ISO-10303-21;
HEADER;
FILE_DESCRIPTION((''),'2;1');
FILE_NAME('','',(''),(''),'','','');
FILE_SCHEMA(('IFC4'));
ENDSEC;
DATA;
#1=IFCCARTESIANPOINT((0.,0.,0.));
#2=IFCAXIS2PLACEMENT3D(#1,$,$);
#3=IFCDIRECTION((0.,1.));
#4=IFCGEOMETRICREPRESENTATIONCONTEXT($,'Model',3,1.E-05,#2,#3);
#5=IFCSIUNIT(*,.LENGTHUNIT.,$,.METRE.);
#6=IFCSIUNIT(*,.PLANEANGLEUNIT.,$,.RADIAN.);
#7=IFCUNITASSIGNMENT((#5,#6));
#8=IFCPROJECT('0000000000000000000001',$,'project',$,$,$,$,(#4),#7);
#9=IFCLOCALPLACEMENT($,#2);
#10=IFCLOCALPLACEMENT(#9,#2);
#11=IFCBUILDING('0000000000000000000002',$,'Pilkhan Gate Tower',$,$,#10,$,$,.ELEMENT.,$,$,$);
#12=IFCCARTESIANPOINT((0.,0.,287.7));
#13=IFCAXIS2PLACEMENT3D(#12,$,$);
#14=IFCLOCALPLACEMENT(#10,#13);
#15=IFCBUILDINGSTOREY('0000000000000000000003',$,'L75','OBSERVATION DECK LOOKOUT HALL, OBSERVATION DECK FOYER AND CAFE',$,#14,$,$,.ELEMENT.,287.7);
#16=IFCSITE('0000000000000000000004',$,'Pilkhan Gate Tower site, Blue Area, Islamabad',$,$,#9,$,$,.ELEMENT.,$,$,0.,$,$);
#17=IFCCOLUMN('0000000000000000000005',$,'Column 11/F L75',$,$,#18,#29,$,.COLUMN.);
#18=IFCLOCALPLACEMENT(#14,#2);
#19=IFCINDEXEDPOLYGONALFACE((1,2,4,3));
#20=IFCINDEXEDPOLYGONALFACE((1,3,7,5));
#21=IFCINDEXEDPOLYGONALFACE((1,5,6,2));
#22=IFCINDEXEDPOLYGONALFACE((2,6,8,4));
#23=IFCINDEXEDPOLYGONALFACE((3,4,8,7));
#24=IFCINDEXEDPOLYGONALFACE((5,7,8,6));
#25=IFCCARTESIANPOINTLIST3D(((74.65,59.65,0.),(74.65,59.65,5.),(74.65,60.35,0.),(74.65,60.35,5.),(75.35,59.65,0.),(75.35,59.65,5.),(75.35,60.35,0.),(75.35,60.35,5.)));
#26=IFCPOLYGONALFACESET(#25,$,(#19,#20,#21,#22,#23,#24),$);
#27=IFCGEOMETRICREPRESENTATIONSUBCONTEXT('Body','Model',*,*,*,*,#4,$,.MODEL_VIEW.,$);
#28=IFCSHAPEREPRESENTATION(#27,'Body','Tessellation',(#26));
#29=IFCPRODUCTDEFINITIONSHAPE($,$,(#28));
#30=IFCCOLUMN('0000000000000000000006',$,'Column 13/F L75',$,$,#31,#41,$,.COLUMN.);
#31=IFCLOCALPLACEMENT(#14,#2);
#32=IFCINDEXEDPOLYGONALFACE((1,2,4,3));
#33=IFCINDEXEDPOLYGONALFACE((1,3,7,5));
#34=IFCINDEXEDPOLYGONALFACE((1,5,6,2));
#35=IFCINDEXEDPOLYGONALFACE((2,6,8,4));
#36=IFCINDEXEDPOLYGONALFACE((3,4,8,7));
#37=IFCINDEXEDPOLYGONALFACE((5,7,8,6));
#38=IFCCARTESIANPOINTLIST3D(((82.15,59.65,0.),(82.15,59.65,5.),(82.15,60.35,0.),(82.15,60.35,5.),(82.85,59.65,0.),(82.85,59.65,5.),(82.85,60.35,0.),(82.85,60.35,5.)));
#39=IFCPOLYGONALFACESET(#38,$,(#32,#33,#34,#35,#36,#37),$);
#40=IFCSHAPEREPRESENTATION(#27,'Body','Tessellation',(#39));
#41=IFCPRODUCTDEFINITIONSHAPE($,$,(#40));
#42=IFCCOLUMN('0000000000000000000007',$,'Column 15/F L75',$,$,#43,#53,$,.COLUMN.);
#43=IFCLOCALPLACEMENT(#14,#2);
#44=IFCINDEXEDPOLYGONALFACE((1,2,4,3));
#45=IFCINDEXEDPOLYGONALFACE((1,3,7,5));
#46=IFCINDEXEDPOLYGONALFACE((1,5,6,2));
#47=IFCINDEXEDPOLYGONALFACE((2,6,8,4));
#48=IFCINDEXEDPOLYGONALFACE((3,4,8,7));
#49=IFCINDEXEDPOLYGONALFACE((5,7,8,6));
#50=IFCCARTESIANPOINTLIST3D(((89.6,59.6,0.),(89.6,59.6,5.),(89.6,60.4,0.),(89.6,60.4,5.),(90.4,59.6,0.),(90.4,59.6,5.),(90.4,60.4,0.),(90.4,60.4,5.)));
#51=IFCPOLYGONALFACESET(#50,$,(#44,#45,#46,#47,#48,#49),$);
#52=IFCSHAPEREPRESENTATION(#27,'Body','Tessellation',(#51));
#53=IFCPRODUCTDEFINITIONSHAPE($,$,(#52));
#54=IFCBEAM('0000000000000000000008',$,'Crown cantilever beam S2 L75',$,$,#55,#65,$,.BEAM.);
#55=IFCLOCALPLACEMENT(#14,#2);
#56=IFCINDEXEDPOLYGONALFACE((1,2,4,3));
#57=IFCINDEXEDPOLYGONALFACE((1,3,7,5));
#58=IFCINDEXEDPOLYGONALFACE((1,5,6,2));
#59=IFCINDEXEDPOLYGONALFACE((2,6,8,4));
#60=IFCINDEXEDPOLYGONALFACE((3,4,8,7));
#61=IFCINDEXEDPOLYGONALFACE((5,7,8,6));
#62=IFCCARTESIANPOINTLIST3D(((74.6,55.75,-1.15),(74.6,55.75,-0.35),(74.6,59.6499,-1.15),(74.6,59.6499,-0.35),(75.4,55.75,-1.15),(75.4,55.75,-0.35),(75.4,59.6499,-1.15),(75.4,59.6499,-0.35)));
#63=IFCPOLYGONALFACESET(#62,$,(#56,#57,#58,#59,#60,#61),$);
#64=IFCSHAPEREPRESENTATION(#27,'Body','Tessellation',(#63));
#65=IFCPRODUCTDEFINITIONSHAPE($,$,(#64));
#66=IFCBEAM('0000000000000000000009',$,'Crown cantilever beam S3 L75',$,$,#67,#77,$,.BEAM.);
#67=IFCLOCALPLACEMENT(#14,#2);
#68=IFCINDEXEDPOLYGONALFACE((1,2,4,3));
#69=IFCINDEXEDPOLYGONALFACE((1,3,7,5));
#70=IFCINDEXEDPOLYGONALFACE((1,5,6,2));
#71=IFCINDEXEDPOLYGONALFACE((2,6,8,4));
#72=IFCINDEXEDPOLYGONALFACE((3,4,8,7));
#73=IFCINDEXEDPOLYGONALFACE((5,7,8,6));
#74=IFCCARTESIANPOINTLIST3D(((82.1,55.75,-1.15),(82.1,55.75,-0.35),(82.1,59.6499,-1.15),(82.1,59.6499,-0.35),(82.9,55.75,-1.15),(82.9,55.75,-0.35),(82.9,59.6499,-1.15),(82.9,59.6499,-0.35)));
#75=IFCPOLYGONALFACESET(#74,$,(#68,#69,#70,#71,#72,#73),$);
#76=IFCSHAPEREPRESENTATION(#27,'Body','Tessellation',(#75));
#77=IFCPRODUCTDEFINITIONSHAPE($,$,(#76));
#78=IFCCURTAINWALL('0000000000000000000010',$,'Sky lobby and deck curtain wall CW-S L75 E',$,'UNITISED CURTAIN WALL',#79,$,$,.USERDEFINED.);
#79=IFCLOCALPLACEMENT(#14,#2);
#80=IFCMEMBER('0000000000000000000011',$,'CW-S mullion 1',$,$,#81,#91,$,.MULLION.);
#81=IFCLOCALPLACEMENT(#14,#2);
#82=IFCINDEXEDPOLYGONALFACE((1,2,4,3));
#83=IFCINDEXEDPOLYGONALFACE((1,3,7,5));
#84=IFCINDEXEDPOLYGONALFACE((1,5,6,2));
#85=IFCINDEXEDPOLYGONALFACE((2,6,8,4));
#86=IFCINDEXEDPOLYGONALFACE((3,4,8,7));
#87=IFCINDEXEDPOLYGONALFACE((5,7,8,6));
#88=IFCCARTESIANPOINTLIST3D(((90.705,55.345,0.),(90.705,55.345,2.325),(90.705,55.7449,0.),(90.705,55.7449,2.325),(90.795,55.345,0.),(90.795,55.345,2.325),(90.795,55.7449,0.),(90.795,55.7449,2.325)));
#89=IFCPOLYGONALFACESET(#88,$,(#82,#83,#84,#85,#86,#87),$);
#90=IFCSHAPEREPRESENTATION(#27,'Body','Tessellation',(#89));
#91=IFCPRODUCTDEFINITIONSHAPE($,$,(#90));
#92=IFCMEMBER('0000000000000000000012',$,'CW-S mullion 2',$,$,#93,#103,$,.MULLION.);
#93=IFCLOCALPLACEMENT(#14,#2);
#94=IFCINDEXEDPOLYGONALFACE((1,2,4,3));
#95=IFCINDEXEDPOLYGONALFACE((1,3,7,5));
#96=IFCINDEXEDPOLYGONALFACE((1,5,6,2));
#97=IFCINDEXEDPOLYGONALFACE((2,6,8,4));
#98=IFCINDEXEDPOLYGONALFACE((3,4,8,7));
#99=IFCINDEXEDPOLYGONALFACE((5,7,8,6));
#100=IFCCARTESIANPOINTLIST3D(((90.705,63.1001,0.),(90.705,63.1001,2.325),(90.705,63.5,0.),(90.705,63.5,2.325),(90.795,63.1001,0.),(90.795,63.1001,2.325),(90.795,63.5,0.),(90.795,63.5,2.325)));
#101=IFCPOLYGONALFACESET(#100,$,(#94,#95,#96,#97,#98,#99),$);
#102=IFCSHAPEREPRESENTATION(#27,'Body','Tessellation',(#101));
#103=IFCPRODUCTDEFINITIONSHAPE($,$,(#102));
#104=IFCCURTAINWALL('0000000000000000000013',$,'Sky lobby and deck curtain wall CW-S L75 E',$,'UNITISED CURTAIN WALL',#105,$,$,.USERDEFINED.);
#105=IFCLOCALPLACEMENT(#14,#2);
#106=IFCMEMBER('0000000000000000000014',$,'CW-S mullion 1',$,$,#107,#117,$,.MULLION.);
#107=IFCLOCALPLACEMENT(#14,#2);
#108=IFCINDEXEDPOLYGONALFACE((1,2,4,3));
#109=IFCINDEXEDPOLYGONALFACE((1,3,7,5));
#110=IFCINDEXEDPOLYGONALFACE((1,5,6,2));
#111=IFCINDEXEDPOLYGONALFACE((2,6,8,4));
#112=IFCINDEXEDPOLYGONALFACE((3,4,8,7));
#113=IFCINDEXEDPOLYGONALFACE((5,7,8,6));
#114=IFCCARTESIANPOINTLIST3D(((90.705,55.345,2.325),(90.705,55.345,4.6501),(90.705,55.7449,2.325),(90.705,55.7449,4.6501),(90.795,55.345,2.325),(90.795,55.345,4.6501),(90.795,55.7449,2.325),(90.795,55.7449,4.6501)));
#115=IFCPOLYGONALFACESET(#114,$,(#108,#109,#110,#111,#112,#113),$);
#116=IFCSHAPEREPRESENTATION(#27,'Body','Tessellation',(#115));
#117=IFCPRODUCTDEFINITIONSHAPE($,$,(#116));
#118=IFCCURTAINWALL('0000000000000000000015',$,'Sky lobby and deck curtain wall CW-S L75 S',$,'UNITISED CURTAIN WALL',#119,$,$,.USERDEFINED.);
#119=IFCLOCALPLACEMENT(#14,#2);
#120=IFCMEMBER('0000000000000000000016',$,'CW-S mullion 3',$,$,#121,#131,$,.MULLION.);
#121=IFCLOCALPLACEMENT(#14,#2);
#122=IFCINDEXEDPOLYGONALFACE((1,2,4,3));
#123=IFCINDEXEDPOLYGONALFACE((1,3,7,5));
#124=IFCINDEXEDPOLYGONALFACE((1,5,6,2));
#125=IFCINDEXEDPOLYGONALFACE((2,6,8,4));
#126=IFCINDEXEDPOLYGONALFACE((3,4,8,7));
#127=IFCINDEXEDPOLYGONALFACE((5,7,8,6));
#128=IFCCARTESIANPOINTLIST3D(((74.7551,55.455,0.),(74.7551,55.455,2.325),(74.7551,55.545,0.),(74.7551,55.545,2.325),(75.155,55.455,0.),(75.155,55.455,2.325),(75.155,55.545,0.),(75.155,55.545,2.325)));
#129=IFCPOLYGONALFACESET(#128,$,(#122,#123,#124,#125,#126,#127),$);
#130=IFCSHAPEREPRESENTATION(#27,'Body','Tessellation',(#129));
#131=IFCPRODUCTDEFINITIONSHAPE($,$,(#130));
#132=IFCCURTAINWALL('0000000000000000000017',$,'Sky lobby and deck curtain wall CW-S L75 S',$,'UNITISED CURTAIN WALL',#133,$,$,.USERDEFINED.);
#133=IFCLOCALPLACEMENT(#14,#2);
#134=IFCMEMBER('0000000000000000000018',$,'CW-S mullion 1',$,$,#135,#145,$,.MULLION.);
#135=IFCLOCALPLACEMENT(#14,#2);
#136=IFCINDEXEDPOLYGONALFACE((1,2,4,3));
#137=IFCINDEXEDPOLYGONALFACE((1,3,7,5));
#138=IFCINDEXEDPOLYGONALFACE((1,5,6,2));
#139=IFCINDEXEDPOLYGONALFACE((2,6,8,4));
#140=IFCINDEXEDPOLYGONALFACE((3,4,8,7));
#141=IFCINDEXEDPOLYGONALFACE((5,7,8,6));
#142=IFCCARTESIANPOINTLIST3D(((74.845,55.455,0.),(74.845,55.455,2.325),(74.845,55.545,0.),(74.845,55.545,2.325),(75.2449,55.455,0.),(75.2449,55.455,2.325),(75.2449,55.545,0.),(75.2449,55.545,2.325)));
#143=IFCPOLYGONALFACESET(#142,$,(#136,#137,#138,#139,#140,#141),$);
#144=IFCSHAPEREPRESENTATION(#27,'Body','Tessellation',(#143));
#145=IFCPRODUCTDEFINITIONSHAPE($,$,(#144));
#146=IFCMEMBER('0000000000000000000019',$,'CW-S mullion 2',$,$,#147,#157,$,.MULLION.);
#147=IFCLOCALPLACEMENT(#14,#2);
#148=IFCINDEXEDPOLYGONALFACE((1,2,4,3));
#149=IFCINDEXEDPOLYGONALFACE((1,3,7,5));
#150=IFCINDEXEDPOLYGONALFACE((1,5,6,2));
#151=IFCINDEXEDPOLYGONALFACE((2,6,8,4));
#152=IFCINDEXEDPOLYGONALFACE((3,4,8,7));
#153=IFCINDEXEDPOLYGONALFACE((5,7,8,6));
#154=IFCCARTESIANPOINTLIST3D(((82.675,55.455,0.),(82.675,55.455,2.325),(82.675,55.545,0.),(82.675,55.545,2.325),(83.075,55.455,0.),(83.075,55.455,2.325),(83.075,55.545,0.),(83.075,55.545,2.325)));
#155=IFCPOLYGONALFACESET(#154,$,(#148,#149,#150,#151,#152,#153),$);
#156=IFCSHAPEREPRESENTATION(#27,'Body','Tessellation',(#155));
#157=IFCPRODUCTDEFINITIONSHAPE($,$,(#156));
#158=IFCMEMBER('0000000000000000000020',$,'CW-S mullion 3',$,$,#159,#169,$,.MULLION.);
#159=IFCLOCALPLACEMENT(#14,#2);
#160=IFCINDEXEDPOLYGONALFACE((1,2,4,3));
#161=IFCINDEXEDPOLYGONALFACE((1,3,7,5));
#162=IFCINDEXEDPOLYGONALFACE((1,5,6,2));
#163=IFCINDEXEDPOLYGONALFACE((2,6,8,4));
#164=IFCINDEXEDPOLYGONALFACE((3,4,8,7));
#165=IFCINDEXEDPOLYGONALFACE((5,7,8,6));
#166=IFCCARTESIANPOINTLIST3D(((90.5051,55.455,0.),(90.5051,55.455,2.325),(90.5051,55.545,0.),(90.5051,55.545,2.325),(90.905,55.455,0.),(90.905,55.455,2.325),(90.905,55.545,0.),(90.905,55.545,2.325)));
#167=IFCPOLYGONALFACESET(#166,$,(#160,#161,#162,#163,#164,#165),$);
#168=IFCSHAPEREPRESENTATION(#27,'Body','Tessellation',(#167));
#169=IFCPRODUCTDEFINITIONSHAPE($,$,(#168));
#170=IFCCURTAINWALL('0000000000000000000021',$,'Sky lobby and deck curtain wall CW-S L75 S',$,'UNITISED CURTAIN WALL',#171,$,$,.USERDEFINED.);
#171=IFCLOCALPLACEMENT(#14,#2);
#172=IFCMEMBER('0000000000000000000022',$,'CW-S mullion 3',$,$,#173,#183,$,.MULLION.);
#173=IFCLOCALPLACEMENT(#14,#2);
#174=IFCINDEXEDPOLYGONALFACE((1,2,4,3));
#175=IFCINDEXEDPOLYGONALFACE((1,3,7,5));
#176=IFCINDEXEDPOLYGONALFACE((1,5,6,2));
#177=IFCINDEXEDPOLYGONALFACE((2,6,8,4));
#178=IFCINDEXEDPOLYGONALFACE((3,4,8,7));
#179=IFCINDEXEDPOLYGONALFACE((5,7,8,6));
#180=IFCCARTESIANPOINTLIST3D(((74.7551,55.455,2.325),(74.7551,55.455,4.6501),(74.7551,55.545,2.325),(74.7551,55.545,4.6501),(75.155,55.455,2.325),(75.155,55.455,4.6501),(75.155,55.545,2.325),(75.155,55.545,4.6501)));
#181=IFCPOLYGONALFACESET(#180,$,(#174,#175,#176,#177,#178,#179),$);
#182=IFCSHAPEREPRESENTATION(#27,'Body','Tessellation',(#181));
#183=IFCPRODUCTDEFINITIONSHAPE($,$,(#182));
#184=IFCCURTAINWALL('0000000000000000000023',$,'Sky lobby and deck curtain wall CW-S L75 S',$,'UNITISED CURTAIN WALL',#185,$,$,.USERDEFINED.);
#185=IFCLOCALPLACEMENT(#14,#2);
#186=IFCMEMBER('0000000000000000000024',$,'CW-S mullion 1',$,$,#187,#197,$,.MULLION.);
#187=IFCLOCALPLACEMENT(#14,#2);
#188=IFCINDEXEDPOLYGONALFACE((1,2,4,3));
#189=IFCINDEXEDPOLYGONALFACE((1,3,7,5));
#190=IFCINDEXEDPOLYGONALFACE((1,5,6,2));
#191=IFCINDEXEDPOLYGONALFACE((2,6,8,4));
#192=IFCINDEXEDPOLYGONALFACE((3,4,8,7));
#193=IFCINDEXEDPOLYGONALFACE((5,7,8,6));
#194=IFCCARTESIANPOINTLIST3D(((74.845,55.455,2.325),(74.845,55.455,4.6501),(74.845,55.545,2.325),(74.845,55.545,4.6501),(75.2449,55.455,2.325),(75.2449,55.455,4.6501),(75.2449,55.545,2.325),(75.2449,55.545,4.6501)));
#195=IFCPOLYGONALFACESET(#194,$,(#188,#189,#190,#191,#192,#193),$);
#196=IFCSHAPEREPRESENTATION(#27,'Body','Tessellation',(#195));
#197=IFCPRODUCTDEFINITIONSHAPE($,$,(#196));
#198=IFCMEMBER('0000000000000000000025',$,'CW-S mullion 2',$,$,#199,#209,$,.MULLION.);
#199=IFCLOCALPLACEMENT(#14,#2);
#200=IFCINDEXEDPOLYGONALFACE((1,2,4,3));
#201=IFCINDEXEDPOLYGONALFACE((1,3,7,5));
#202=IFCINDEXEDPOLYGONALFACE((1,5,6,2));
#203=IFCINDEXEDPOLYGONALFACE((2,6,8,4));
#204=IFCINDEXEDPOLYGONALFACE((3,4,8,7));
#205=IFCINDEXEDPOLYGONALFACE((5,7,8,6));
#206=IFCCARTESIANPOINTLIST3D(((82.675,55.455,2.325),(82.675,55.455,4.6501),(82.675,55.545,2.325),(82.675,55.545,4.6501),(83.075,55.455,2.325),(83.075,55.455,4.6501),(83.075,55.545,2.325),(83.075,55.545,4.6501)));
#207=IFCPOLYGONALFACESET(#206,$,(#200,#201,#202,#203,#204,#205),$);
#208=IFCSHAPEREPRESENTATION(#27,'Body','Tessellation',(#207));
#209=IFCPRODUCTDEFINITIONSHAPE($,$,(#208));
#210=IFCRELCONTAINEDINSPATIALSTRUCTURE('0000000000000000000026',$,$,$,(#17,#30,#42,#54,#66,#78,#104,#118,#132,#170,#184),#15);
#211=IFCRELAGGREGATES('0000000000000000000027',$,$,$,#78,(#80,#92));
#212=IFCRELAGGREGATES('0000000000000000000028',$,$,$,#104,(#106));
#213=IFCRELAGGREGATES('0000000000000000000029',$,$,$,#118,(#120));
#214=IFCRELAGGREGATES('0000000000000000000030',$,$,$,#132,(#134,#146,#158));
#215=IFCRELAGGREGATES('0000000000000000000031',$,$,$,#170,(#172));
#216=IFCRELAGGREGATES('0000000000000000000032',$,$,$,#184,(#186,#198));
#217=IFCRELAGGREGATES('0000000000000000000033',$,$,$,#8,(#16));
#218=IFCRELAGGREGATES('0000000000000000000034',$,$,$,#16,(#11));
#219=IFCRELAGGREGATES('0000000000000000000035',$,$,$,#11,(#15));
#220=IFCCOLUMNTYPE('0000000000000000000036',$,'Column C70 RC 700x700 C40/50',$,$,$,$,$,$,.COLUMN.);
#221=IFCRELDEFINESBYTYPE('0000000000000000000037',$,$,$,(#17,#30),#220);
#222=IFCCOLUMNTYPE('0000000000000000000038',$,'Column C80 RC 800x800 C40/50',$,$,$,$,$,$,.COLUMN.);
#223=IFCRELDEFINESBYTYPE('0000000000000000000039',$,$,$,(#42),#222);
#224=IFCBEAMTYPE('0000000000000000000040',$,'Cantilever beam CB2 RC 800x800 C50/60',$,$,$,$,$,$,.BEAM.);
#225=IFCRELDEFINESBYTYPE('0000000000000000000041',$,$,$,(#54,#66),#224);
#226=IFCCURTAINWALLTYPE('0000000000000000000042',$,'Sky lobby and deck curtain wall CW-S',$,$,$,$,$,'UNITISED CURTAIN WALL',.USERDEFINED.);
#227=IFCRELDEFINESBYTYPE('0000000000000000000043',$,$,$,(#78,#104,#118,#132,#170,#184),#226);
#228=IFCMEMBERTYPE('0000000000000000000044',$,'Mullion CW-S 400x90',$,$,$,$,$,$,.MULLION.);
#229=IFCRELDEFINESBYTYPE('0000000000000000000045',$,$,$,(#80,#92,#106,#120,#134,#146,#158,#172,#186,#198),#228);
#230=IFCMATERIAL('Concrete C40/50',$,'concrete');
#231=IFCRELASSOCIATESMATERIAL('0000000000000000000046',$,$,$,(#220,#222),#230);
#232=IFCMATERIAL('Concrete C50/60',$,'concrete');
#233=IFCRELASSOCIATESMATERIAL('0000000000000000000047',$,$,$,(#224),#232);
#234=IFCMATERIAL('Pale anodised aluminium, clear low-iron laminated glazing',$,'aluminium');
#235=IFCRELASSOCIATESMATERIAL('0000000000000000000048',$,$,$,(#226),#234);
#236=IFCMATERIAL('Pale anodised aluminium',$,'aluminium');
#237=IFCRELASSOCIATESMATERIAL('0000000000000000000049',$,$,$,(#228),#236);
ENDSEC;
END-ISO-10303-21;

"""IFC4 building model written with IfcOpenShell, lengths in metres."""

from ifc_helpers import new_model, si_unit, direction, frame, origin, origin_2d, place, context, subcontext, project, spatial, rectangle, extrude, material, material_profile, profile_set, type_object, element, aggregate, save


model = new_model("IFC4")

# Units and contexts
model_context = context("Model", 3, precision=1e-05, world=origin(), true_north=direction((0.0, 1.0)))
body_context = subcontext(model_context, "Body", "Model", "MODEL_VIEW")
ifc_project = project(units=[si_unit("LENGTHUNIT", "METRE"), si_unit("PLANEANGLEUNIT", "RADIAN")], contexts=[model_context])

# Site, building, storey
site_placement = place(None, origin())
site = spatial("IfcSite", under=ifc_project, at=site_placement, Name="Pilkhan Gate Tower site, Blue Area, Islamabad", CompositionType="ELEMENT", RefElevation=0.0)
building_placement = place(site_placement, origin())
building = spatial("IfcBuilding", under=site, at=building_placement, Name="Pilkhan Gate Tower", CompositionType="ELEMENT")
storey_placement = place(building_placement, frame((0.0, 0.0, 287.7)))
storey = spatial("IfcBuildingStorey", under=building, at=storey_placement, Name="L75", Description="OBSERVATION DECK LOOKOUT HALL, OBSERVATION DECK FOYER AND CAFE", CompositionType="ELEMENT", Elevation=287.7)

# Columns
ifc_material_1 = material(Name="Concrete C40/50", Category="concrete")
ifc_material_profile_1 = material_profile(ifc_material_1, rectangle(XDim=0.7, YDim=0.7, at=origin_2d()), Name="RC 700x700")
ifc_profile_set_1 = profile_set([ifc_material_profile_1], Name="Concrete C40/50")
column_type_1 = type_object("IfcColumnType", Name="Column C70 RC 700x700 C40/50", PredefinedType="COLUMN", material=ifc_profile_set_1)
for number, where, z_axis, x_axis, name in (
    (1, (75.0, 60.0, 0.0), (0.0, 0.0, 1.0), (1.0, 0.0, 0.0), "Column 11/F L75"),
    (2, (82.5, 60.0, 0.0), (0.0, 0.0, 1.0), (1.0, 0.0, 0.0), "Column 13/F L75"),
):
    element("IfcColumn", number, at=place(storey_placement, frame(where, z_axis=z_axis, x_axis=x_axis)), inside=storey, type_object=column_type_1, Name=name, PredefinedType="COLUMN", context=body_context, shape_type="SweptSolid", body=[
        extrude(rectangle(XDim=0.7, YDim=0.7, at=origin_2d()), origin(), (0.0, 0.0, 1.0), 5.0),
    ])
ifc_material_profile_2 = material_profile(ifc_material_1, rectangle(XDim=0.8, YDim=0.8, at=origin_2d()), Name="RC 800x800")
ifc_profile_set_2 = profile_set([ifc_material_profile_2], Name="Concrete C40/50")
column_type_2 = type_object("IfcColumnType", Name="Column C80 RC 800x800 C40/50", PredefinedType="COLUMN", material=ifc_profile_set_2)
column_placement = place(storey_placement, frame((90.0, 60.0, 0.0), z_axis=(0.0, 0.0, 1.0), x_axis=(1.0, 0.0, 0.0)))
element("IfcColumn", 3, at=column_placement, inside=storey, type_object=column_type_2, Name="Column 15/F L75", PredefinedType="COLUMN", context=body_context, shape_type="SweptSolid", body=[
    extrude(rectangle(XDim=0.8, YDim=0.8, at=origin_2d()), origin(), (0.0, 0.0, 1.0), 5.0),
])

# Beams
ifc_material_2 = material(Name="Concrete C50/60", Category="concrete")
ifc_material_profile_3 = material_profile(ifc_material_2, rectangle(XDim=0.8, YDim=0.8, at=origin_2d()), Name="RC 800x800")
ifc_profile_set_3 = profile_set([ifc_material_profile_3], Name="Concrete C50/60")
beam_type = type_object("IfcBeamType", Name="Cantilever beam CB2 RC 800x800 C50/60", PredefinedType="BEAM", material=ifc_profile_set_3)
for number, where, z_axis, x_axis, name in (
    (4, (75.0, 59.6499, -0.75), (0.0, -1.0, 0.0), (1.0, 0.0, 0.0), "Crown cantilever beam S2 L75"),
    (5, (82.5, 59.6499, -0.75), (0.0, -1.0, 0.0), (1.0, 0.0, 0.0), "Crown cantilever beam S3 L75"),
):
    element("IfcBeam", number, at=place(storey_placement, frame(where, z_axis=z_axis, x_axis=x_axis)), inside=storey, type_object=beam_type, Name=name, PredefinedType="BEAM", context=body_context, shape_type="SweptSolid", body=[
        extrude(rectangle(XDim=0.8, YDim=0.8, at=origin_2d()), origin(), (0.0, 0.0, 1.0), 3.8999),
    ])

# Curtain wall, members
ifc_material_3 = material(Name="Pale anodised aluminium, clear low-iron laminated glazing", Category="aluminium")
curtain_wall_type = type_object("IfcCurtainWallType", Name="Sky lobby and deck curtain wall CW-S", ElementType="UNITISED CURTAIN WALL", PredefinedType="USERDEFINED", material=ifc_material_3)
curtain_wall_1_placement = place(storey_placement, origin())
curtain_wall_1 = element("IfcCurtainWall", 6, at=curtain_wall_1_placement, inside=storey, type_object=curtain_wall_type, Name="Sky lobby and deck curtain wall CW-S L75 E", ObjectType="UNITISED CURTAIN WALL", PredefinedType="USERDEFINED")
ifc_material_4 = material(Name="Pale anodised aluminium", Category="aluminium")
ifc_material_profile_4 = material_profile(ifc_material_4, rectangle(XDim=0.0901, YDim=0.3999, at=origin_2d()), Name="Mullion 400x90")
ifc_profile_set_4 = profile_set([ifc_material_profile_4], Name="Pale anodised aluminium")
member_type_1 = type_object("IfcMemberType", Name="Mullion CW-S 400x90", PredefinedType="MULLION", material=ifc_profile_set_4)
member_1_placement = place(storey_placement, frame((90.75, 55.5449, 0.0), z_axis=(0.0, 0.0, 1.0), x_axis=(-1.0, 0.0, 0.0)))
member_1 = element("IfcMember", 7, at=member_1_placement, type_object=member_type_1, Name="CW-S mullion 1", PredefinedType="MULLION", context=body_context, shape_type="SweptSolid", body=[
    extrude(rectangle(XDim=0.0901, YDim=0.3999, at=origin_2d()), origin(), (0.0, 0.0, 1.0), 2.325),
])
member_2_placement = place(storey_placement, frame((90.75, 63.3, 0.0), z_axis=(0.0, 0.0, 1.0), x_axis=(-1.0, 0.0, 0.0)))
member_2 = element("IfcMember", 8, at=member_2_placement, type_object=member_type_1, Name="CW-S mullion 2", PredefinedType="MULLION", context=body_context, shape_type="SweptSolid", body=[
    extrude(rectangle(XDim=0.0901, YDim=0.3999, at=origin_2d()), origin(), (0.0, 0.0, 1.0), 2.325),
])

# Curtain walls, members
curtain_wall_2_placement = place(storey_placement, origin())
curtain_wall_2 = element("IfcCurtainWall", 9, at=curtain_wall_2_placement, inside=storey, type_object=curtain_wall_type, Name="Sky lobby and deck curtain wall CW-S L75 E", ObjectType="UNITISED CURTAIN WALL", PredefinedType="USERDEFINED")
member_3_placement = place(storey_placement, frame((90.75, 55.5449, 2.325), z_axis=(0.0, 0.0, 1.0), x_axis=(-1.0, 0.0, 0.0)))
member_3 = element("IfcMember", 10, at=member_3_placement, type_object=member_type_1, Name="CW-S mullion 1", PredefinedType="MULLION", context=body_context, shape_type="SweptSolid", body=[
    extrude(rectangle(XDim=0.0901, YDim=0.3999, at=origin_2d()), origin(), (0.0, 0.0, 1.0), 2.3252),
])
curtain_wall_3_placement = place(storey_placement, origin())
curtain_wall_3 = element("IfcCurtainWall", 11, at=curtain_wall_3_placement, inside=storey, type_object=curtain_wall_type, Name="Sky lobby and deck curtain wall CW-S L75 S", ObjectType="UNITISED CURTAIN WALL", PredefinedType="USERDEFINED")
member_4_placement = place(storey_placement, frame((74.9551, 55.5, 0.0), z_axis=(0.0, 0.0, 1.0), x_axis=(0.0, 1.0, 0.0)))
member_4 = element("IfcMember", 12, at=member_4_placement, type_object=member_type_1, Name="CW-S mullion 3", PredefinedType="MULLION", context=body_context, shape_type="SweptSolid", body=[
    extrude(rectangle(XDim=0.0901, YDim=0.3999, at=origin_2d()), origin(), (0.0, 0.0, 1.0), 2.325),
])

# Curtain wall, members
curtain_wall_4_placement = place(storey_placement, origin())
curtain_wall_4 = element("IfcCurtainWall", 13, at=curtain_wall_4_placement, inside=storey, type_object=curtain_wall_type, Name="Sky lobby and deck curtain wall CW-S L75 S", ObjectType="UNITISED CURTAIN WALL", PredefinedType="USERDEFINED")
member_5_placement = place(storey_placement, frame((75.0449, 55.5, 0.0), z_axis=(0.0, 0.0, 1.0), x_axis=(0.0, 1.0, 0.0)))
member_5 = element("IfcMember", 14, at=member_5_placement, type_object=member_type_1, Name="CW-S mullion 1", PredefinedType="MULLION", context=body_context, shape_type="SweptSolid", body=[
    extrude(rectangle(XDim=0.0901, YDim=0.3999, at=origin_2d()), origin(), (0.0, 0.0, 1.0), 2.325),
])
member_6_placement = place(storey_placement, frame((82.875, 55.5, 0.0), z_axis=(0.0, 0.0, 1.0), x_axis=(0.0, 1.0, 0.0)))
member_6 = element("IfcMember", 15, at=member_6_placement, type_object=member_type_1, Name="CW-S mullion 2", PredefinedType="MULLION", context=body_context, shape_type="SweptSolid", body=[
    extrude(rectangle(XDim=0.0901, YDim=0.3999, at=origin_2d()), origin(), (0.0, 0.0, 1.0), 2.325),
])
member_7_placement = place(storey_placement, frame((90.7051, 55.5, 0.0), z_axis=(0.0, 0.0, 1.0), x_axis=(0.0, 1.0, 0.0)))
member_7 = element("IfcMember", 16, at=member_7_placement, type_object=member_type_1, Name="CW-S mullion 3", PredefinedType="MULLION", context=body_context, shape_type="SweptSolid", body=[
    extrude(rectangle(XDim=0.0901, YDim=0.3999, at=origin_2d()), origin(), (0.0, 0.0, 1.0), 2.325),
])

# Curtain wall, member
curtain_wall_5_placement = place(storey_placement, origin())
curtain_wall_5 = element("IfcCurtainWall", 17, at=curtain_wall_5_placement, inside=storey, type_object=curtain_wall_type, Name="Sky lobby and deck curtain wall CW-S L75 S", ObjectType="UNITISED CURTAIN WALL", PredefinedType="USERDEFINED")
member_8_placement = place(storey_placement, frame((74.9551, 55.5, 2.325), z_axis=(0.0, 0.0, 1.0), x_axis=(0.0, 1.0, 0.0)))
member_8 = element("IfcMember", 18, at=member_8_placement, type_object=member_type_1, Name="CW-S mullion 3", PredefinedType="MULLION", context=body_context, shape_type="SweptSolid", body=[
    extrude(rectangle(XDim=0.0901, YDim=0.3999, at=origin_2d()), origin(), (0.0, 0.0, 1.0), 2.3252),
])

# Curtain wall, members
curtain_wall_6_placement = place(storey_placement, origin())
curtain_wall_6 = element("IfcCurtainWall", 19, at=curtain_wall_6_placement, inside=storey, type_object=curtain_wall_type, Name="Sky lobby and deck curtain wall CW-S L75 S", ObjectType="UNITISED CURTAIN WALL", PredefinedType="USERDEFINED")
member_9_placement = place(storey_placement, frame((75.0449, 55.5, 2.325), z_axis=(0.0, 0.0, 1.0), x_axis=(0.0, 1.0, 0.0)))
member_9 = element("IfcMember", 20, at=member_9_placement, type_object=member_type_1, Name="CW-S mullion 1", PredefinedType="MULLION", context=body_context, shape_type="SweptSolid", body=[
    extrude(rectangle(XDim=0.0901, YDim=0.3999, at=origin_2d()), origin(), (0.0, 0.0, 1.0), 2.3252),
])
member_10_placement = place(storey_placement, frame((82.875, 55.5, 2.325), z_axis=(0.0, 0.0, 1.0), x_axis=(0.0, 1.0, 0.0)))
member_10 = element("IfcMember", 21, at=member_10_placement, type_object=member_type_1, Name="CW-S mullion 2", PredefinedType="MULLION", context=body_context, shape_type="SweptSolid", body=[
    extrude(rectangle(XDim=0.0901, YDim=0.3999, at=origin_2d()), origin(), (0.0, 0.0, 1.0), 2.3252),
])

aggregate(curtain_wall_1, [member_1, member_2])
aggregate(curtain_wall_2, [member_3])
aggregate(curtain_wall_3, [member_4])
aggregate(curtain_wall_4, [member_5, member_6, member_7])
aggregate(curtain_wall_5, [member_8])
aggregate(curtain_wall_6, [member_9, member_10])

save(model, "model.ifc")
